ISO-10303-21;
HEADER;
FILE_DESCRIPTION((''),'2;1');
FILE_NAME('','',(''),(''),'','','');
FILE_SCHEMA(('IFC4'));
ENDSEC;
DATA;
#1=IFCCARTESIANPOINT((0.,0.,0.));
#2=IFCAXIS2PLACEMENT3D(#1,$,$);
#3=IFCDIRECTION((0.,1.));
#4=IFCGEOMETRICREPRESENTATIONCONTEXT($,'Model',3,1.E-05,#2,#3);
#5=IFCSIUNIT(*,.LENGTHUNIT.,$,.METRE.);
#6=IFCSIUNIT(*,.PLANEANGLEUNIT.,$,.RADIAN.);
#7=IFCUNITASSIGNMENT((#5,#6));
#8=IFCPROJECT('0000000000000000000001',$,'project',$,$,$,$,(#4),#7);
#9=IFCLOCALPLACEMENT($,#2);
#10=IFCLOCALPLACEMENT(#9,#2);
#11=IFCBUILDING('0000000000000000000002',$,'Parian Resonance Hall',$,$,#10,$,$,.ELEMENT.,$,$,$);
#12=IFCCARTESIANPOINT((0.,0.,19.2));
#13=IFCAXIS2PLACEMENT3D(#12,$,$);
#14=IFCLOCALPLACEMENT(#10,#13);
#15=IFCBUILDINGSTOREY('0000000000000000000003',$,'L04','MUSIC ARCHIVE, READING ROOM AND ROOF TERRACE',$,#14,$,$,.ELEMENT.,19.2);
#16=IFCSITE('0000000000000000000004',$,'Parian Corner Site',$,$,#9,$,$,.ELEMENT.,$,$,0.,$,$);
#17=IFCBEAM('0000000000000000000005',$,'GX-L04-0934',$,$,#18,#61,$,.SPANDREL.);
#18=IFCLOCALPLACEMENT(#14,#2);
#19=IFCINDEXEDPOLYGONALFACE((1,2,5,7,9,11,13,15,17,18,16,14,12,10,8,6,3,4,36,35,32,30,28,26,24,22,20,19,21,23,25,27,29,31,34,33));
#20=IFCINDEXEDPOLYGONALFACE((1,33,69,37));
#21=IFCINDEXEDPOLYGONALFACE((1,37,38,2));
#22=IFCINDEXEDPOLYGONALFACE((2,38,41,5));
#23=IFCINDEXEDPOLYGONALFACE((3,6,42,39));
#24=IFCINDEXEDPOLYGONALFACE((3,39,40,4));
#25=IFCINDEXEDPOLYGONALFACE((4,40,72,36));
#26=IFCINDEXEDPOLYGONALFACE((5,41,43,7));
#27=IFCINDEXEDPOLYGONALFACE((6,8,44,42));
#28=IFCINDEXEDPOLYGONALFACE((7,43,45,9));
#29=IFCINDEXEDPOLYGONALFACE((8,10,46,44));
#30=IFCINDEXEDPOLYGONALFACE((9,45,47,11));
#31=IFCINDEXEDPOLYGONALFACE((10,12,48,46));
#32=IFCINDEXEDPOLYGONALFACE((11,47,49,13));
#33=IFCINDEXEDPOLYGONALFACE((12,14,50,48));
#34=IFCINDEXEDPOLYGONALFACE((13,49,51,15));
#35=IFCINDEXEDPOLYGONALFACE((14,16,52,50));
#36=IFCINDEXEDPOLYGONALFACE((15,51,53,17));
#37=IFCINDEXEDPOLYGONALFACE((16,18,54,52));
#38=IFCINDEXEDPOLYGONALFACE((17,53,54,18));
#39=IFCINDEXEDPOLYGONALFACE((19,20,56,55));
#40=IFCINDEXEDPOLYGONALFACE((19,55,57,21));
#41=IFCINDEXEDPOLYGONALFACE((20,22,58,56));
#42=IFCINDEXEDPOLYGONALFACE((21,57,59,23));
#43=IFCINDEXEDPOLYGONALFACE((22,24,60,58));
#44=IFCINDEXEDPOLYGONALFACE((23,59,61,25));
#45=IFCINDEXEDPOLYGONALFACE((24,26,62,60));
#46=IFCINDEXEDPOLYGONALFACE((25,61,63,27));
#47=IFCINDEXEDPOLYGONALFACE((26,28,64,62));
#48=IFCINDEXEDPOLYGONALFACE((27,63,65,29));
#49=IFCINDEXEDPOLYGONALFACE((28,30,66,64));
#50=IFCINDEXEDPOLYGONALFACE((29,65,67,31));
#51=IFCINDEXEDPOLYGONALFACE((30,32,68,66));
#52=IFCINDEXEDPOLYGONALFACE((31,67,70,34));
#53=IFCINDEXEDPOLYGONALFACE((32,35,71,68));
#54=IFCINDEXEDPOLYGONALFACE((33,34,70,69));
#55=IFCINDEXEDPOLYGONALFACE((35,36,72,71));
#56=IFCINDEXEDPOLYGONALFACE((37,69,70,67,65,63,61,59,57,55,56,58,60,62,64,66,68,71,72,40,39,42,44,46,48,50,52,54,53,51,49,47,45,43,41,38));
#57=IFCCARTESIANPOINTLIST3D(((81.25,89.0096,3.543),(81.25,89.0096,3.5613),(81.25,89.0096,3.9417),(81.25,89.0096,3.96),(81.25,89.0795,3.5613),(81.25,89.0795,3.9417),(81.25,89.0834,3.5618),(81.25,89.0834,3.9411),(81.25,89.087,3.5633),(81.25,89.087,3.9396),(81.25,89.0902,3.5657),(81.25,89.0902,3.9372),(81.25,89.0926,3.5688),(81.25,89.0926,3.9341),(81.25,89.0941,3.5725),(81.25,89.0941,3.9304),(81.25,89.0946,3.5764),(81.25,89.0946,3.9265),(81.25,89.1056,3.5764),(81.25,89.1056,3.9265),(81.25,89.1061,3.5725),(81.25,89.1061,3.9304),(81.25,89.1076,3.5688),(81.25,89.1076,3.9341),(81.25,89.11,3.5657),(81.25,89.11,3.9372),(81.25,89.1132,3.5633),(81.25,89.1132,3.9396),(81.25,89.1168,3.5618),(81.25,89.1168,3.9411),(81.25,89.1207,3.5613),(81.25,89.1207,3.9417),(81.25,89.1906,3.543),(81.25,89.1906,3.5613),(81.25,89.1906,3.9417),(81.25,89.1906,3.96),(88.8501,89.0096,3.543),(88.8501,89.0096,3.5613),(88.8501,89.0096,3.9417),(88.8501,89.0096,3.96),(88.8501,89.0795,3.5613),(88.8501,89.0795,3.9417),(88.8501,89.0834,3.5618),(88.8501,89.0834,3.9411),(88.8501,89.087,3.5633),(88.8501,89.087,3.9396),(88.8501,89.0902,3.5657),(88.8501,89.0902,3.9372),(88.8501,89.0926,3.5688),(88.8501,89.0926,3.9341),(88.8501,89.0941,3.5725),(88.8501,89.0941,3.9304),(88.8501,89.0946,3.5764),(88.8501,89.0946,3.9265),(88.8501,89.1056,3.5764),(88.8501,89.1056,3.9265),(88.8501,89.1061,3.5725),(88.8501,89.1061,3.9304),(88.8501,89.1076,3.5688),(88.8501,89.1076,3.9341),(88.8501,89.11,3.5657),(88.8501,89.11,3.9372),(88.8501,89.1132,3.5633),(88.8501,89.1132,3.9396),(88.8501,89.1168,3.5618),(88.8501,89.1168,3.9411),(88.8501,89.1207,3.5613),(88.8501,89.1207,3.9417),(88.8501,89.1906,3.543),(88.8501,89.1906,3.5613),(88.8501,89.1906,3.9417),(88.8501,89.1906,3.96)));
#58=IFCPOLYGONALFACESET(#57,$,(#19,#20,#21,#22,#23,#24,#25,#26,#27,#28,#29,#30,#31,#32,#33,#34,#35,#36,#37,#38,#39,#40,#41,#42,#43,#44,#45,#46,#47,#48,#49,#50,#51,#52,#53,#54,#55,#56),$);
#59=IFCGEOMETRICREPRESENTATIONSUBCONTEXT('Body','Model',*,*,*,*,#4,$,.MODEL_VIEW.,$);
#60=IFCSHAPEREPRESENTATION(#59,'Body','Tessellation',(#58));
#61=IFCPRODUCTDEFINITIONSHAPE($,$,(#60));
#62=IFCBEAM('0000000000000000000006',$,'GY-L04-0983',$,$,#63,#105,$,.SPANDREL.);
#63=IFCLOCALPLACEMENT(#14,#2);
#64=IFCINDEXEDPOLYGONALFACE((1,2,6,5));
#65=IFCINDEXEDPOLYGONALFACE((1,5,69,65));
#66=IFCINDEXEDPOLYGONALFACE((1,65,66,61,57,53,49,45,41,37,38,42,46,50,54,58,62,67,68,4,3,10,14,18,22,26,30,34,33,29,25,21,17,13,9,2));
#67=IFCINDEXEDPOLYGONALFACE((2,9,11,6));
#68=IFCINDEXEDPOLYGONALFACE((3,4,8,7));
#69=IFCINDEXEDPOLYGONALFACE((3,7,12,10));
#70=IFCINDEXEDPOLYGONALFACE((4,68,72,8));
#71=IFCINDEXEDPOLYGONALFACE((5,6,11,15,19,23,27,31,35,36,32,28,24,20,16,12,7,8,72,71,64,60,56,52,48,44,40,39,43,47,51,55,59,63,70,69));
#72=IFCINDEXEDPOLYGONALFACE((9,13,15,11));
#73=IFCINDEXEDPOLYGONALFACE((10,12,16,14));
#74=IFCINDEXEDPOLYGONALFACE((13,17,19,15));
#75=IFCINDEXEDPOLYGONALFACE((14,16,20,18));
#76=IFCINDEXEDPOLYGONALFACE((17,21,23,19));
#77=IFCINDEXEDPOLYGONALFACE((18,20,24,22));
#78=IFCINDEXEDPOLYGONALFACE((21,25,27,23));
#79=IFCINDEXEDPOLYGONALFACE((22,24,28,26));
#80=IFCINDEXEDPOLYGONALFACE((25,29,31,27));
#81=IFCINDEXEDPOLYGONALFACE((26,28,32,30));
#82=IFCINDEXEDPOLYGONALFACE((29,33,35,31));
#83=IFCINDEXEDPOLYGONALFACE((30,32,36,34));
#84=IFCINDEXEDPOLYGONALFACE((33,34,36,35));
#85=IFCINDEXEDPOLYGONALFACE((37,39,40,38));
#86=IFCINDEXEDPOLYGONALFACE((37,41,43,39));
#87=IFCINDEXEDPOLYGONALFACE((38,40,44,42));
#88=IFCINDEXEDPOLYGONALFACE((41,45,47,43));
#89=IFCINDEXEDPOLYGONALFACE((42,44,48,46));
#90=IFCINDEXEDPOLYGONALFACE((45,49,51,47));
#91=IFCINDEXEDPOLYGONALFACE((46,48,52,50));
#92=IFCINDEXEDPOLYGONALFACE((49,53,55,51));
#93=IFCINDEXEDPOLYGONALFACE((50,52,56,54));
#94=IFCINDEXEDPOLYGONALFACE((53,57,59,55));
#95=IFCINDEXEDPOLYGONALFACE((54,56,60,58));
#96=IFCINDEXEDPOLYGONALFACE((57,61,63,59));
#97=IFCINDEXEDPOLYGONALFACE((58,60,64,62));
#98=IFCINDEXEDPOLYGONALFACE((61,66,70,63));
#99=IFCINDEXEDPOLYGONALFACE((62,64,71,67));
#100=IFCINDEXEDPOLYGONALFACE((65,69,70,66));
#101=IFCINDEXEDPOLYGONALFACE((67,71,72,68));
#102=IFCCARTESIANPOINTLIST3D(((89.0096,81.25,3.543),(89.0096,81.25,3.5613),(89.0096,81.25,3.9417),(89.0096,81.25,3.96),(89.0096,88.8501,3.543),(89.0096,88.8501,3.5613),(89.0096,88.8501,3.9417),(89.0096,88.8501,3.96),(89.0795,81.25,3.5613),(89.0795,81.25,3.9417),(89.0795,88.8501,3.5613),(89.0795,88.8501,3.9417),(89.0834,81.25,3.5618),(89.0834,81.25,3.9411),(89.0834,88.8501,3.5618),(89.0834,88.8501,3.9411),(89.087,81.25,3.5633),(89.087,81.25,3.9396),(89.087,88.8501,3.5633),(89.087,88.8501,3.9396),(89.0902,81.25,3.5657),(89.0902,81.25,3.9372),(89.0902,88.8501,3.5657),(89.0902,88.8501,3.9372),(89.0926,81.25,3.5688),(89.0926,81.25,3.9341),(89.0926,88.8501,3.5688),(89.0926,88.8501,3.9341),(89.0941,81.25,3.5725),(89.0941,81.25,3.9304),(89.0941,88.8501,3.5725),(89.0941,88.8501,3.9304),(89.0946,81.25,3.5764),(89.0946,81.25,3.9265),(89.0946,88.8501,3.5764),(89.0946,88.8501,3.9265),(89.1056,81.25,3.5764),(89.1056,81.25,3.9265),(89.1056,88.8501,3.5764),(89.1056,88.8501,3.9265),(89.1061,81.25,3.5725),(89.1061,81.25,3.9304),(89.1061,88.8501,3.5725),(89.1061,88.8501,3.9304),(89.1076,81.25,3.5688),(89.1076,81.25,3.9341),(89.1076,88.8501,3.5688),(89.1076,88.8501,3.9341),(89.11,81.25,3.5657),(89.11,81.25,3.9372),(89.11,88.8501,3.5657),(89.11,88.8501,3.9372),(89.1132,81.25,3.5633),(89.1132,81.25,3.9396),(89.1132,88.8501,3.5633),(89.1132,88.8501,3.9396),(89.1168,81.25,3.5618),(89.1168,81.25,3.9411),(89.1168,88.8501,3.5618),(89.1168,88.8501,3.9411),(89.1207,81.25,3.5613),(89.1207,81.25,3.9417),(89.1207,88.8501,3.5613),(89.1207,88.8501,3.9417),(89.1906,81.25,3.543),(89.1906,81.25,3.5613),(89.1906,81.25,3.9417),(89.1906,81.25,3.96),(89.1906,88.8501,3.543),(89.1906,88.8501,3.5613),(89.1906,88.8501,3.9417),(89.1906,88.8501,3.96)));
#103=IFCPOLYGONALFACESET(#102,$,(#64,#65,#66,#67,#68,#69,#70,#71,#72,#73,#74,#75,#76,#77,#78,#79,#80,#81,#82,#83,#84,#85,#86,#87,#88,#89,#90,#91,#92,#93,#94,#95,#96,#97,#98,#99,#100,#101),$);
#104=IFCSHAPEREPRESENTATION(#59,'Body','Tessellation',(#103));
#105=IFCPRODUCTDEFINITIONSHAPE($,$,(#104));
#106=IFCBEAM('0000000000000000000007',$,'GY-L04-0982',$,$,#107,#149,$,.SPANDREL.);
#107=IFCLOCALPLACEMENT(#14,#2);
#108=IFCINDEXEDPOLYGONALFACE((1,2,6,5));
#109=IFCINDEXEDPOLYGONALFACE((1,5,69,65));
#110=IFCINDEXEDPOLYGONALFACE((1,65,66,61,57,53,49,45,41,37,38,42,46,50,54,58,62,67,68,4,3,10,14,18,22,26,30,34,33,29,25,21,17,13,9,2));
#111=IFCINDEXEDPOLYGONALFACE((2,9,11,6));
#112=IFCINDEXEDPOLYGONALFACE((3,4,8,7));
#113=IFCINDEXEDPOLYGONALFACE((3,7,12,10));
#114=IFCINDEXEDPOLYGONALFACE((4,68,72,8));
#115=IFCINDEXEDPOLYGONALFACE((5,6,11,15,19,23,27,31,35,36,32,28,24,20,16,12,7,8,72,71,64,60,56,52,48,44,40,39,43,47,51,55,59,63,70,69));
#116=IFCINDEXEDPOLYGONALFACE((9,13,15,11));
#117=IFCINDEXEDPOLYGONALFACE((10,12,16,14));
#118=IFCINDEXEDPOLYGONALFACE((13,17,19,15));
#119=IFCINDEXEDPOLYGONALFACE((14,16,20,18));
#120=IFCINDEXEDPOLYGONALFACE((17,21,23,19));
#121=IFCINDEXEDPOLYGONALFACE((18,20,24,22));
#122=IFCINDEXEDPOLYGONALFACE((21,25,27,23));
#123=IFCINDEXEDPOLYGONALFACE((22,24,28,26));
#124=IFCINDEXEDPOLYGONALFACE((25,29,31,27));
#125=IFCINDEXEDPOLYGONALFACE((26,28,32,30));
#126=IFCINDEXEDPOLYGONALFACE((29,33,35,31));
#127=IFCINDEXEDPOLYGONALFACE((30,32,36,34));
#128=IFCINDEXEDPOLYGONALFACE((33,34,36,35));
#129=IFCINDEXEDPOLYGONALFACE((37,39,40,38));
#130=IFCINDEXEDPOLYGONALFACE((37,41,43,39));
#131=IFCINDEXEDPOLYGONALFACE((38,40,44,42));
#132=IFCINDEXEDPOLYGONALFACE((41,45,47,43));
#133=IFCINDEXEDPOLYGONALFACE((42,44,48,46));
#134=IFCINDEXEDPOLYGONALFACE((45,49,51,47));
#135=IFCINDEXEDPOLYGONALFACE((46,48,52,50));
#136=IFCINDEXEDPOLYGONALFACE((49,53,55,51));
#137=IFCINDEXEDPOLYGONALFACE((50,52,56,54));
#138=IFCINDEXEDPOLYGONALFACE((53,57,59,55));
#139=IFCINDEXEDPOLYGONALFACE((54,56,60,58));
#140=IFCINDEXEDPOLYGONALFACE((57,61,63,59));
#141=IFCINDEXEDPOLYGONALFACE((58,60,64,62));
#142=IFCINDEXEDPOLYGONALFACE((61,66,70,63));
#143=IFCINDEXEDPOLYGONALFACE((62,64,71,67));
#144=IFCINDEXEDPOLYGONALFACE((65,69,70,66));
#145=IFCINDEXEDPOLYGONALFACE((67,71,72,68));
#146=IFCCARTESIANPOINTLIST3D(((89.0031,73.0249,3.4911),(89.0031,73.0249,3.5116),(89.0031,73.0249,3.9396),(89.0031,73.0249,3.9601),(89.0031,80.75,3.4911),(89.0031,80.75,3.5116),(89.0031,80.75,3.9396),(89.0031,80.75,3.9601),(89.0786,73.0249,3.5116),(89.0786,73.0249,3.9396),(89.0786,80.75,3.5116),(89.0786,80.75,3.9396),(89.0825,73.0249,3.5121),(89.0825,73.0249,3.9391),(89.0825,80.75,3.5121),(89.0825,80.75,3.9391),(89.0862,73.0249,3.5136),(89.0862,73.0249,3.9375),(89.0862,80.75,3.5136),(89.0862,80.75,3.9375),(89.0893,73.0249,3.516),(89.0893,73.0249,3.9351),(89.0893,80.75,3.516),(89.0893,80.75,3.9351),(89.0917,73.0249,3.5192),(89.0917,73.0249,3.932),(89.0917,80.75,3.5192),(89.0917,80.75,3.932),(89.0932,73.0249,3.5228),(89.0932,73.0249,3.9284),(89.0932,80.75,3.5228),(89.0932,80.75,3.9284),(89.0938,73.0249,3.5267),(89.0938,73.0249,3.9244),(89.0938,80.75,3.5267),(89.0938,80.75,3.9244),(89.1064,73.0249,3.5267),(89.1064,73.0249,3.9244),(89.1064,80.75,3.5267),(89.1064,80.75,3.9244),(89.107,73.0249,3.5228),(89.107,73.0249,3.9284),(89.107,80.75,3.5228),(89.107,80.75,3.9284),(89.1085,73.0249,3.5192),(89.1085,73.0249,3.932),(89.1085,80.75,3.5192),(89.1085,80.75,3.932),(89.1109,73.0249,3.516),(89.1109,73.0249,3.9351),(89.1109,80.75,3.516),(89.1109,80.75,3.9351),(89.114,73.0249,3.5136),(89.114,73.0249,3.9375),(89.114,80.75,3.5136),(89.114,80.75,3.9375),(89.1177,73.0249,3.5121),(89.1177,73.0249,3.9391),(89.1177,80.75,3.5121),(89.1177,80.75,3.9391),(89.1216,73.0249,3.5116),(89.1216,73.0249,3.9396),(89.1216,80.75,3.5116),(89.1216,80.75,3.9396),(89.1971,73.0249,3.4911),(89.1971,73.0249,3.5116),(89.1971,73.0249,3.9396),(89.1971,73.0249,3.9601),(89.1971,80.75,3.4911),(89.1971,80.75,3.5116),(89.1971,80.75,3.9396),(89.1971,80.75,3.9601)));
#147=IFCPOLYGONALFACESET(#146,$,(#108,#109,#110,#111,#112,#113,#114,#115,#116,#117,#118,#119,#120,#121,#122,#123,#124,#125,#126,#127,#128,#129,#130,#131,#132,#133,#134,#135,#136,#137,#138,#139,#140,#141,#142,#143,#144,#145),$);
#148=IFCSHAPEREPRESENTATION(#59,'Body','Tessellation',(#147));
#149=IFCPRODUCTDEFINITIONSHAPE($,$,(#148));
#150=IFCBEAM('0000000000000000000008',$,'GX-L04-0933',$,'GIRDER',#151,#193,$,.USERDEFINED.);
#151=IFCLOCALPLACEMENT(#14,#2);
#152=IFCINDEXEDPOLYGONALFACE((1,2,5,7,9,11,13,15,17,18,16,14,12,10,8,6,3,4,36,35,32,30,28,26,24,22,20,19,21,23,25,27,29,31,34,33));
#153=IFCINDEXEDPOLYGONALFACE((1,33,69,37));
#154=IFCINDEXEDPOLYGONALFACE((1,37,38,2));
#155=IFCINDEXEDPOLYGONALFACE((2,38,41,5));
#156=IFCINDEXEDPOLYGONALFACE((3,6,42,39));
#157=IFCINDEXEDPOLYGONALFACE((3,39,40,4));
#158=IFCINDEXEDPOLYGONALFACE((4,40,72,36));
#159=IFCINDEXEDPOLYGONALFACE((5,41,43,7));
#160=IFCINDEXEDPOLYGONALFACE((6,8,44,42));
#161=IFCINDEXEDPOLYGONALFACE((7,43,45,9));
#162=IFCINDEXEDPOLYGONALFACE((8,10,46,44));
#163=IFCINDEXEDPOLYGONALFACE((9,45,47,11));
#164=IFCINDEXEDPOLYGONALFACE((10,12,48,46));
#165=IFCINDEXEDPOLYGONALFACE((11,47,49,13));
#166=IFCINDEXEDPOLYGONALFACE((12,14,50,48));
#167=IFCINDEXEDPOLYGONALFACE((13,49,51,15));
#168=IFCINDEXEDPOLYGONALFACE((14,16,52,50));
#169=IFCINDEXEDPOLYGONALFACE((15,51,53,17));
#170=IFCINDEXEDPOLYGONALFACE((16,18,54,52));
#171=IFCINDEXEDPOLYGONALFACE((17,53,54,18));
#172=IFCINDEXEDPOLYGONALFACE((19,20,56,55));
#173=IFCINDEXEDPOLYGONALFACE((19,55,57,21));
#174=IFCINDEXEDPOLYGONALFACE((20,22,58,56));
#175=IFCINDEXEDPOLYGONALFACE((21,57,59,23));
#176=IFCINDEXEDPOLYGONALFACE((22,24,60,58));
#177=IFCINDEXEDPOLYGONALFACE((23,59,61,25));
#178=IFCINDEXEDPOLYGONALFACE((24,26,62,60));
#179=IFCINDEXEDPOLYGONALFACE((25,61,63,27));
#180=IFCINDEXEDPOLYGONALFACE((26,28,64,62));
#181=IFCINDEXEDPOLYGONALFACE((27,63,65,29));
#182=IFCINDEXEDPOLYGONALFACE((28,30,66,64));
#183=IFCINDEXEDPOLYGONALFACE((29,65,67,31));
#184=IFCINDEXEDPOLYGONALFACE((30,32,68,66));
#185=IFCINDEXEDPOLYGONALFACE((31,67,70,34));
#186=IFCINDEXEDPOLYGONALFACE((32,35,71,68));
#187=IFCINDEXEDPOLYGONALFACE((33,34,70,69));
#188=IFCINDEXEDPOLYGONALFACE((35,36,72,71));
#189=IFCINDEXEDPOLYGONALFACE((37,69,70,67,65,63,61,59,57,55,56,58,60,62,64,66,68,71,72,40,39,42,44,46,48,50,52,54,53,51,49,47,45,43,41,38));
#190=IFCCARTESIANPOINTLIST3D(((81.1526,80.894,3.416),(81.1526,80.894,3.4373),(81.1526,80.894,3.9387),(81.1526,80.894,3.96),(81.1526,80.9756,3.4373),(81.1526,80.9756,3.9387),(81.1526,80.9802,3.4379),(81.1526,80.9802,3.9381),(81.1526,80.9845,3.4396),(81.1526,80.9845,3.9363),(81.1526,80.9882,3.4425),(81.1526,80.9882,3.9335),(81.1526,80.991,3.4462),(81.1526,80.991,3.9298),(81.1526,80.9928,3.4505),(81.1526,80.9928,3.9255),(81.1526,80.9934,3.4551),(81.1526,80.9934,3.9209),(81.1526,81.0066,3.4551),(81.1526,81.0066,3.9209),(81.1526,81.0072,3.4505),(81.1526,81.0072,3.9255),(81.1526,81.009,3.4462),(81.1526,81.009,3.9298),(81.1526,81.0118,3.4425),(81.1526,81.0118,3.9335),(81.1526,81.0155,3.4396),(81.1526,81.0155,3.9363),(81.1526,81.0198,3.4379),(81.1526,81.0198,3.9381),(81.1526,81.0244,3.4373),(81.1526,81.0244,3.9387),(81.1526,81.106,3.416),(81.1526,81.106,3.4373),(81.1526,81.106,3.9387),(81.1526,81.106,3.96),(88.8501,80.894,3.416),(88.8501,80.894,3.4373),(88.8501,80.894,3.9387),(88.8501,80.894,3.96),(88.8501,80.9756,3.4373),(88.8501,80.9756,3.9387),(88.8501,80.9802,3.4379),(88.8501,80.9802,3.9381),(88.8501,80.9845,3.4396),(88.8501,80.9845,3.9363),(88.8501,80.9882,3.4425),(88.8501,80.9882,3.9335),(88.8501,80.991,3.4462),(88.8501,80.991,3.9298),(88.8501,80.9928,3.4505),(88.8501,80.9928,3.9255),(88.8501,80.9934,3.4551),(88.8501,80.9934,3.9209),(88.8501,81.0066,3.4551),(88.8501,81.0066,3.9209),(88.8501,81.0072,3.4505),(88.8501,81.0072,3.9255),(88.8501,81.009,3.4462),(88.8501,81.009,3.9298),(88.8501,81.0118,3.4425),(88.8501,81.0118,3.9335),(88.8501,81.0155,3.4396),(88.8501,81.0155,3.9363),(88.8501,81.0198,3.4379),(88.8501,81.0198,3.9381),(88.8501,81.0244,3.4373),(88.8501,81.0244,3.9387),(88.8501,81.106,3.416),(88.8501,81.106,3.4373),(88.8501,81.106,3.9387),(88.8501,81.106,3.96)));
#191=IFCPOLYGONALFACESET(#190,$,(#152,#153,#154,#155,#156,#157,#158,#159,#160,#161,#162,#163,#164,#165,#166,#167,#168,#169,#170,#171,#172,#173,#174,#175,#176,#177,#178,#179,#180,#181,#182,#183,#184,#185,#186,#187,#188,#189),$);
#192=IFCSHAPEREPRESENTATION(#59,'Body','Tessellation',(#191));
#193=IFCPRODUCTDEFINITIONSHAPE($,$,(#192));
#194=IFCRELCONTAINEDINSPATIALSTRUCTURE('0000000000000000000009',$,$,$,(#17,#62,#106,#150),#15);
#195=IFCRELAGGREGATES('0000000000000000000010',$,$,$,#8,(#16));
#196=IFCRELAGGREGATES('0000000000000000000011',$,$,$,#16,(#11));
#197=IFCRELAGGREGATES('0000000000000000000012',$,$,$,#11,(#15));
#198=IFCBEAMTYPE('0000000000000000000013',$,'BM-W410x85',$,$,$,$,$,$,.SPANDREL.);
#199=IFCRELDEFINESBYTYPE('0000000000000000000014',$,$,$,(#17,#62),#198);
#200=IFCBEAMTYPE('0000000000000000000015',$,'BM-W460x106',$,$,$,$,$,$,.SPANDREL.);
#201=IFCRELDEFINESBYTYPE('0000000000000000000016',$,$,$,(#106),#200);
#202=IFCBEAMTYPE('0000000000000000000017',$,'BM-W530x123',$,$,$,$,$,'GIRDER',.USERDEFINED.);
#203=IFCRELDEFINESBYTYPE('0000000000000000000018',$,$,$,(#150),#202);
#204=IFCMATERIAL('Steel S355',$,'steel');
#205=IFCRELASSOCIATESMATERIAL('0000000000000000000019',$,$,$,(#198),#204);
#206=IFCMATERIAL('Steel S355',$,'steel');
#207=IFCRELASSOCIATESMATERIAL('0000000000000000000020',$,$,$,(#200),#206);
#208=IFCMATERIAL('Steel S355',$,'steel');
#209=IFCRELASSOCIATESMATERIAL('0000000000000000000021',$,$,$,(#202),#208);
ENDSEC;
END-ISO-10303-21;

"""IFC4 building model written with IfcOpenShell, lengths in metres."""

from ifc_helpers import new_model, si_unit, direction, frame, origin, origin_2d, place, context, subcontext, project, spatial, i_section, extrude, material, material_profile, profile_set, type_object, element, save


model = new_model("IFC4")

# Units and contexts
model_context = context("Model", 3, precision=1e-05, world=origin(), true_north=direction((0.0, 1.0)))
body_context = subcontext(model_context, "Body", "Model", "MODEL_VIEW")
ifc_project = project(units=[si_unit("LENGTHUNIT", "METRE"), si_unit("PLANEANGLEUNIT", "RADIAN")], contexts=[model_context])

# Site, building, storey
site_placement = place(None, origin())
site = spatial("IfcSite", under=ifc_project, at=site_placement, Name="Parian Corner Site", CompositionType="ELEMENT", RefElevation=0.0)
building_placement = place(site_placement, origin())
building = spatial("IfcBuilding", under=site, at=building_placement, Name="Parian Resonance Hall", CompositionType="ELEMENT")
storey_placement = place(building_placement, frame((0.0, 0.0, 19.2)))
storey = spatial("IfcBuildingStorey", under=building, at=storey_placement, Name="L04", Description="MUSIC ARCHIVE, READING ROOM AND ROOF TERRACE", CompositionType="ELEMENT", Elevation=19.2)

# Beams
ifc_material_1 = material(Name="Steel S355", Category="steel")
ifc_material_profile_1 = material_profile(ifc_material_1, i_section(OverallWidth=0.1809, OverallDepth=0.417, WebThickness=0.011, FlangeThickness=0.0183, FilletRadius=0.0151, at=origin_2d()), Name="W410x85")
ifc_profile_set_1 = profile_set([ifc_material_profile_1], Name="Steel S355")
beam_type_1 = type_object("IfcBeamType", Name="BM-W410x85", PredefinedType="SPANDREL", material=ifc_profile_set_1)
for number, where, z_axis, x_axis, name in (
    (1, (81.25, 89.1001, 3.7515), (1.0, 0.0, 0.0), (0.0, 1.0, 0.0), "GX-L04-0934"),
    (2, (89.1001, 81.25, 3.7515), (0.0, 1.0, 0.0), (-1.0, 0.0, 0.0), "GY-L04-0983"),
):
    element("IfcBeam", number, at=place(storey_placement, frame(where, z_axis=z_axis, x_axis=x_axis)), inside=storey, type_object=beam_type_1, Name=name, PredefinedType="SPANDREL", context=body_context, shape_type="SweptSolid", body=[
        extrude(i_section(OverallWidth=0.1809, OverallDepth=0.417, WebThickness=0.011, FlangeThickness=0.0183, FilletRadius=0.0151, at=origin_2d()), origin(), (0.0, 0.0, 1.0), 7.6001),
    ])
ifc_material_2 = material(Name="Steel S355", Category="steel")
ifc_material_profile_2 = material_profile(ifc_material_2, i_section(OverallWidth=0.1941, OverallDepth=0.469, WebThickness=0.0127, FlangeThickness=0.0205, FilletRadius=0.0151, at=origin_2d()), Name="W460x106")
ifc_profile_set_2 = profile_set([ifc_material_profile_2], Name="Steel S355")
beam_type_2 = type_object("IfcBeamType", Name="BM-W460x106", PredefinedType="SPANDREL", material=ifc_profile_set_2)
beam_1_placement = place(storey_placement, frame((89.1001, 73.0249, 3.7256), z_axis=(0.0, 1.0, 0.0), x_axis=(-1.0, 0.0, 0.0)))
element("IfcBeam", 3, at=beam_1_placement, inside=storey, type_object=beam_type_2, Name="GY-L04-0982", PredefinedType="SPANDREL", context=body_context, shape_type="SweptSolid", body=[
    extrude(i_section(OverallWidth=0.1941, OverallDepth=0.469, WebThickness=0.0127, FlangeThickness=0.0205, FilletRadius=0.0151, at=origin_2d()), origin(), (0.0, 0.0, 1.0), 7.7251),
])
ifc_material_3 = material(Name="Steel S355", Category="steel")
ifc_material_profile_3 = material_profile(ifc_material_3, i_section(OverallWidth=0.2119, OverallDepth=0.5439, WebThickness=0.0132, FlangeThickness=0.0212, FilletRadius=0.0178, at=origin_2d()), Name="W530x123")
ifc_profile_set_3 = profile_set([ifc_material_profile_3], Name="Steel S355")
beam_type_3 = type_object("IfcBeamType", Name="BM-W530x123", ElementType="GIRDER", PredefinedType="USERDEFINED", material=ifc_profile_set_3)
beam_2_placement = place(storey_placement, frame((81.1526, 81.0, 3.688), z_axis=(1.0, 0.0, 0.0), x_axis=(0.0, 1.0, 0.0)))
element("IfcBeam", 4, at=beam_2_placement, inside=storey, type_object=beam_type_3, Name="GX-L04-0933", ObjectType="GIRDER", PredefinedType="USERDEFINED", context=body_context, shape_type="SweptSolid", body=[
    extrude(i_section(OverallWidth=0.2119, OverallDepth=0.5439, WebThickness=0.0132, FlangeThickness=0.0212, FilletRadius=0.0178, at=origin_2d()), origin(), (0.0, 0.0, 1.0), 7.6975),
])

save(model, "model.ifc")
